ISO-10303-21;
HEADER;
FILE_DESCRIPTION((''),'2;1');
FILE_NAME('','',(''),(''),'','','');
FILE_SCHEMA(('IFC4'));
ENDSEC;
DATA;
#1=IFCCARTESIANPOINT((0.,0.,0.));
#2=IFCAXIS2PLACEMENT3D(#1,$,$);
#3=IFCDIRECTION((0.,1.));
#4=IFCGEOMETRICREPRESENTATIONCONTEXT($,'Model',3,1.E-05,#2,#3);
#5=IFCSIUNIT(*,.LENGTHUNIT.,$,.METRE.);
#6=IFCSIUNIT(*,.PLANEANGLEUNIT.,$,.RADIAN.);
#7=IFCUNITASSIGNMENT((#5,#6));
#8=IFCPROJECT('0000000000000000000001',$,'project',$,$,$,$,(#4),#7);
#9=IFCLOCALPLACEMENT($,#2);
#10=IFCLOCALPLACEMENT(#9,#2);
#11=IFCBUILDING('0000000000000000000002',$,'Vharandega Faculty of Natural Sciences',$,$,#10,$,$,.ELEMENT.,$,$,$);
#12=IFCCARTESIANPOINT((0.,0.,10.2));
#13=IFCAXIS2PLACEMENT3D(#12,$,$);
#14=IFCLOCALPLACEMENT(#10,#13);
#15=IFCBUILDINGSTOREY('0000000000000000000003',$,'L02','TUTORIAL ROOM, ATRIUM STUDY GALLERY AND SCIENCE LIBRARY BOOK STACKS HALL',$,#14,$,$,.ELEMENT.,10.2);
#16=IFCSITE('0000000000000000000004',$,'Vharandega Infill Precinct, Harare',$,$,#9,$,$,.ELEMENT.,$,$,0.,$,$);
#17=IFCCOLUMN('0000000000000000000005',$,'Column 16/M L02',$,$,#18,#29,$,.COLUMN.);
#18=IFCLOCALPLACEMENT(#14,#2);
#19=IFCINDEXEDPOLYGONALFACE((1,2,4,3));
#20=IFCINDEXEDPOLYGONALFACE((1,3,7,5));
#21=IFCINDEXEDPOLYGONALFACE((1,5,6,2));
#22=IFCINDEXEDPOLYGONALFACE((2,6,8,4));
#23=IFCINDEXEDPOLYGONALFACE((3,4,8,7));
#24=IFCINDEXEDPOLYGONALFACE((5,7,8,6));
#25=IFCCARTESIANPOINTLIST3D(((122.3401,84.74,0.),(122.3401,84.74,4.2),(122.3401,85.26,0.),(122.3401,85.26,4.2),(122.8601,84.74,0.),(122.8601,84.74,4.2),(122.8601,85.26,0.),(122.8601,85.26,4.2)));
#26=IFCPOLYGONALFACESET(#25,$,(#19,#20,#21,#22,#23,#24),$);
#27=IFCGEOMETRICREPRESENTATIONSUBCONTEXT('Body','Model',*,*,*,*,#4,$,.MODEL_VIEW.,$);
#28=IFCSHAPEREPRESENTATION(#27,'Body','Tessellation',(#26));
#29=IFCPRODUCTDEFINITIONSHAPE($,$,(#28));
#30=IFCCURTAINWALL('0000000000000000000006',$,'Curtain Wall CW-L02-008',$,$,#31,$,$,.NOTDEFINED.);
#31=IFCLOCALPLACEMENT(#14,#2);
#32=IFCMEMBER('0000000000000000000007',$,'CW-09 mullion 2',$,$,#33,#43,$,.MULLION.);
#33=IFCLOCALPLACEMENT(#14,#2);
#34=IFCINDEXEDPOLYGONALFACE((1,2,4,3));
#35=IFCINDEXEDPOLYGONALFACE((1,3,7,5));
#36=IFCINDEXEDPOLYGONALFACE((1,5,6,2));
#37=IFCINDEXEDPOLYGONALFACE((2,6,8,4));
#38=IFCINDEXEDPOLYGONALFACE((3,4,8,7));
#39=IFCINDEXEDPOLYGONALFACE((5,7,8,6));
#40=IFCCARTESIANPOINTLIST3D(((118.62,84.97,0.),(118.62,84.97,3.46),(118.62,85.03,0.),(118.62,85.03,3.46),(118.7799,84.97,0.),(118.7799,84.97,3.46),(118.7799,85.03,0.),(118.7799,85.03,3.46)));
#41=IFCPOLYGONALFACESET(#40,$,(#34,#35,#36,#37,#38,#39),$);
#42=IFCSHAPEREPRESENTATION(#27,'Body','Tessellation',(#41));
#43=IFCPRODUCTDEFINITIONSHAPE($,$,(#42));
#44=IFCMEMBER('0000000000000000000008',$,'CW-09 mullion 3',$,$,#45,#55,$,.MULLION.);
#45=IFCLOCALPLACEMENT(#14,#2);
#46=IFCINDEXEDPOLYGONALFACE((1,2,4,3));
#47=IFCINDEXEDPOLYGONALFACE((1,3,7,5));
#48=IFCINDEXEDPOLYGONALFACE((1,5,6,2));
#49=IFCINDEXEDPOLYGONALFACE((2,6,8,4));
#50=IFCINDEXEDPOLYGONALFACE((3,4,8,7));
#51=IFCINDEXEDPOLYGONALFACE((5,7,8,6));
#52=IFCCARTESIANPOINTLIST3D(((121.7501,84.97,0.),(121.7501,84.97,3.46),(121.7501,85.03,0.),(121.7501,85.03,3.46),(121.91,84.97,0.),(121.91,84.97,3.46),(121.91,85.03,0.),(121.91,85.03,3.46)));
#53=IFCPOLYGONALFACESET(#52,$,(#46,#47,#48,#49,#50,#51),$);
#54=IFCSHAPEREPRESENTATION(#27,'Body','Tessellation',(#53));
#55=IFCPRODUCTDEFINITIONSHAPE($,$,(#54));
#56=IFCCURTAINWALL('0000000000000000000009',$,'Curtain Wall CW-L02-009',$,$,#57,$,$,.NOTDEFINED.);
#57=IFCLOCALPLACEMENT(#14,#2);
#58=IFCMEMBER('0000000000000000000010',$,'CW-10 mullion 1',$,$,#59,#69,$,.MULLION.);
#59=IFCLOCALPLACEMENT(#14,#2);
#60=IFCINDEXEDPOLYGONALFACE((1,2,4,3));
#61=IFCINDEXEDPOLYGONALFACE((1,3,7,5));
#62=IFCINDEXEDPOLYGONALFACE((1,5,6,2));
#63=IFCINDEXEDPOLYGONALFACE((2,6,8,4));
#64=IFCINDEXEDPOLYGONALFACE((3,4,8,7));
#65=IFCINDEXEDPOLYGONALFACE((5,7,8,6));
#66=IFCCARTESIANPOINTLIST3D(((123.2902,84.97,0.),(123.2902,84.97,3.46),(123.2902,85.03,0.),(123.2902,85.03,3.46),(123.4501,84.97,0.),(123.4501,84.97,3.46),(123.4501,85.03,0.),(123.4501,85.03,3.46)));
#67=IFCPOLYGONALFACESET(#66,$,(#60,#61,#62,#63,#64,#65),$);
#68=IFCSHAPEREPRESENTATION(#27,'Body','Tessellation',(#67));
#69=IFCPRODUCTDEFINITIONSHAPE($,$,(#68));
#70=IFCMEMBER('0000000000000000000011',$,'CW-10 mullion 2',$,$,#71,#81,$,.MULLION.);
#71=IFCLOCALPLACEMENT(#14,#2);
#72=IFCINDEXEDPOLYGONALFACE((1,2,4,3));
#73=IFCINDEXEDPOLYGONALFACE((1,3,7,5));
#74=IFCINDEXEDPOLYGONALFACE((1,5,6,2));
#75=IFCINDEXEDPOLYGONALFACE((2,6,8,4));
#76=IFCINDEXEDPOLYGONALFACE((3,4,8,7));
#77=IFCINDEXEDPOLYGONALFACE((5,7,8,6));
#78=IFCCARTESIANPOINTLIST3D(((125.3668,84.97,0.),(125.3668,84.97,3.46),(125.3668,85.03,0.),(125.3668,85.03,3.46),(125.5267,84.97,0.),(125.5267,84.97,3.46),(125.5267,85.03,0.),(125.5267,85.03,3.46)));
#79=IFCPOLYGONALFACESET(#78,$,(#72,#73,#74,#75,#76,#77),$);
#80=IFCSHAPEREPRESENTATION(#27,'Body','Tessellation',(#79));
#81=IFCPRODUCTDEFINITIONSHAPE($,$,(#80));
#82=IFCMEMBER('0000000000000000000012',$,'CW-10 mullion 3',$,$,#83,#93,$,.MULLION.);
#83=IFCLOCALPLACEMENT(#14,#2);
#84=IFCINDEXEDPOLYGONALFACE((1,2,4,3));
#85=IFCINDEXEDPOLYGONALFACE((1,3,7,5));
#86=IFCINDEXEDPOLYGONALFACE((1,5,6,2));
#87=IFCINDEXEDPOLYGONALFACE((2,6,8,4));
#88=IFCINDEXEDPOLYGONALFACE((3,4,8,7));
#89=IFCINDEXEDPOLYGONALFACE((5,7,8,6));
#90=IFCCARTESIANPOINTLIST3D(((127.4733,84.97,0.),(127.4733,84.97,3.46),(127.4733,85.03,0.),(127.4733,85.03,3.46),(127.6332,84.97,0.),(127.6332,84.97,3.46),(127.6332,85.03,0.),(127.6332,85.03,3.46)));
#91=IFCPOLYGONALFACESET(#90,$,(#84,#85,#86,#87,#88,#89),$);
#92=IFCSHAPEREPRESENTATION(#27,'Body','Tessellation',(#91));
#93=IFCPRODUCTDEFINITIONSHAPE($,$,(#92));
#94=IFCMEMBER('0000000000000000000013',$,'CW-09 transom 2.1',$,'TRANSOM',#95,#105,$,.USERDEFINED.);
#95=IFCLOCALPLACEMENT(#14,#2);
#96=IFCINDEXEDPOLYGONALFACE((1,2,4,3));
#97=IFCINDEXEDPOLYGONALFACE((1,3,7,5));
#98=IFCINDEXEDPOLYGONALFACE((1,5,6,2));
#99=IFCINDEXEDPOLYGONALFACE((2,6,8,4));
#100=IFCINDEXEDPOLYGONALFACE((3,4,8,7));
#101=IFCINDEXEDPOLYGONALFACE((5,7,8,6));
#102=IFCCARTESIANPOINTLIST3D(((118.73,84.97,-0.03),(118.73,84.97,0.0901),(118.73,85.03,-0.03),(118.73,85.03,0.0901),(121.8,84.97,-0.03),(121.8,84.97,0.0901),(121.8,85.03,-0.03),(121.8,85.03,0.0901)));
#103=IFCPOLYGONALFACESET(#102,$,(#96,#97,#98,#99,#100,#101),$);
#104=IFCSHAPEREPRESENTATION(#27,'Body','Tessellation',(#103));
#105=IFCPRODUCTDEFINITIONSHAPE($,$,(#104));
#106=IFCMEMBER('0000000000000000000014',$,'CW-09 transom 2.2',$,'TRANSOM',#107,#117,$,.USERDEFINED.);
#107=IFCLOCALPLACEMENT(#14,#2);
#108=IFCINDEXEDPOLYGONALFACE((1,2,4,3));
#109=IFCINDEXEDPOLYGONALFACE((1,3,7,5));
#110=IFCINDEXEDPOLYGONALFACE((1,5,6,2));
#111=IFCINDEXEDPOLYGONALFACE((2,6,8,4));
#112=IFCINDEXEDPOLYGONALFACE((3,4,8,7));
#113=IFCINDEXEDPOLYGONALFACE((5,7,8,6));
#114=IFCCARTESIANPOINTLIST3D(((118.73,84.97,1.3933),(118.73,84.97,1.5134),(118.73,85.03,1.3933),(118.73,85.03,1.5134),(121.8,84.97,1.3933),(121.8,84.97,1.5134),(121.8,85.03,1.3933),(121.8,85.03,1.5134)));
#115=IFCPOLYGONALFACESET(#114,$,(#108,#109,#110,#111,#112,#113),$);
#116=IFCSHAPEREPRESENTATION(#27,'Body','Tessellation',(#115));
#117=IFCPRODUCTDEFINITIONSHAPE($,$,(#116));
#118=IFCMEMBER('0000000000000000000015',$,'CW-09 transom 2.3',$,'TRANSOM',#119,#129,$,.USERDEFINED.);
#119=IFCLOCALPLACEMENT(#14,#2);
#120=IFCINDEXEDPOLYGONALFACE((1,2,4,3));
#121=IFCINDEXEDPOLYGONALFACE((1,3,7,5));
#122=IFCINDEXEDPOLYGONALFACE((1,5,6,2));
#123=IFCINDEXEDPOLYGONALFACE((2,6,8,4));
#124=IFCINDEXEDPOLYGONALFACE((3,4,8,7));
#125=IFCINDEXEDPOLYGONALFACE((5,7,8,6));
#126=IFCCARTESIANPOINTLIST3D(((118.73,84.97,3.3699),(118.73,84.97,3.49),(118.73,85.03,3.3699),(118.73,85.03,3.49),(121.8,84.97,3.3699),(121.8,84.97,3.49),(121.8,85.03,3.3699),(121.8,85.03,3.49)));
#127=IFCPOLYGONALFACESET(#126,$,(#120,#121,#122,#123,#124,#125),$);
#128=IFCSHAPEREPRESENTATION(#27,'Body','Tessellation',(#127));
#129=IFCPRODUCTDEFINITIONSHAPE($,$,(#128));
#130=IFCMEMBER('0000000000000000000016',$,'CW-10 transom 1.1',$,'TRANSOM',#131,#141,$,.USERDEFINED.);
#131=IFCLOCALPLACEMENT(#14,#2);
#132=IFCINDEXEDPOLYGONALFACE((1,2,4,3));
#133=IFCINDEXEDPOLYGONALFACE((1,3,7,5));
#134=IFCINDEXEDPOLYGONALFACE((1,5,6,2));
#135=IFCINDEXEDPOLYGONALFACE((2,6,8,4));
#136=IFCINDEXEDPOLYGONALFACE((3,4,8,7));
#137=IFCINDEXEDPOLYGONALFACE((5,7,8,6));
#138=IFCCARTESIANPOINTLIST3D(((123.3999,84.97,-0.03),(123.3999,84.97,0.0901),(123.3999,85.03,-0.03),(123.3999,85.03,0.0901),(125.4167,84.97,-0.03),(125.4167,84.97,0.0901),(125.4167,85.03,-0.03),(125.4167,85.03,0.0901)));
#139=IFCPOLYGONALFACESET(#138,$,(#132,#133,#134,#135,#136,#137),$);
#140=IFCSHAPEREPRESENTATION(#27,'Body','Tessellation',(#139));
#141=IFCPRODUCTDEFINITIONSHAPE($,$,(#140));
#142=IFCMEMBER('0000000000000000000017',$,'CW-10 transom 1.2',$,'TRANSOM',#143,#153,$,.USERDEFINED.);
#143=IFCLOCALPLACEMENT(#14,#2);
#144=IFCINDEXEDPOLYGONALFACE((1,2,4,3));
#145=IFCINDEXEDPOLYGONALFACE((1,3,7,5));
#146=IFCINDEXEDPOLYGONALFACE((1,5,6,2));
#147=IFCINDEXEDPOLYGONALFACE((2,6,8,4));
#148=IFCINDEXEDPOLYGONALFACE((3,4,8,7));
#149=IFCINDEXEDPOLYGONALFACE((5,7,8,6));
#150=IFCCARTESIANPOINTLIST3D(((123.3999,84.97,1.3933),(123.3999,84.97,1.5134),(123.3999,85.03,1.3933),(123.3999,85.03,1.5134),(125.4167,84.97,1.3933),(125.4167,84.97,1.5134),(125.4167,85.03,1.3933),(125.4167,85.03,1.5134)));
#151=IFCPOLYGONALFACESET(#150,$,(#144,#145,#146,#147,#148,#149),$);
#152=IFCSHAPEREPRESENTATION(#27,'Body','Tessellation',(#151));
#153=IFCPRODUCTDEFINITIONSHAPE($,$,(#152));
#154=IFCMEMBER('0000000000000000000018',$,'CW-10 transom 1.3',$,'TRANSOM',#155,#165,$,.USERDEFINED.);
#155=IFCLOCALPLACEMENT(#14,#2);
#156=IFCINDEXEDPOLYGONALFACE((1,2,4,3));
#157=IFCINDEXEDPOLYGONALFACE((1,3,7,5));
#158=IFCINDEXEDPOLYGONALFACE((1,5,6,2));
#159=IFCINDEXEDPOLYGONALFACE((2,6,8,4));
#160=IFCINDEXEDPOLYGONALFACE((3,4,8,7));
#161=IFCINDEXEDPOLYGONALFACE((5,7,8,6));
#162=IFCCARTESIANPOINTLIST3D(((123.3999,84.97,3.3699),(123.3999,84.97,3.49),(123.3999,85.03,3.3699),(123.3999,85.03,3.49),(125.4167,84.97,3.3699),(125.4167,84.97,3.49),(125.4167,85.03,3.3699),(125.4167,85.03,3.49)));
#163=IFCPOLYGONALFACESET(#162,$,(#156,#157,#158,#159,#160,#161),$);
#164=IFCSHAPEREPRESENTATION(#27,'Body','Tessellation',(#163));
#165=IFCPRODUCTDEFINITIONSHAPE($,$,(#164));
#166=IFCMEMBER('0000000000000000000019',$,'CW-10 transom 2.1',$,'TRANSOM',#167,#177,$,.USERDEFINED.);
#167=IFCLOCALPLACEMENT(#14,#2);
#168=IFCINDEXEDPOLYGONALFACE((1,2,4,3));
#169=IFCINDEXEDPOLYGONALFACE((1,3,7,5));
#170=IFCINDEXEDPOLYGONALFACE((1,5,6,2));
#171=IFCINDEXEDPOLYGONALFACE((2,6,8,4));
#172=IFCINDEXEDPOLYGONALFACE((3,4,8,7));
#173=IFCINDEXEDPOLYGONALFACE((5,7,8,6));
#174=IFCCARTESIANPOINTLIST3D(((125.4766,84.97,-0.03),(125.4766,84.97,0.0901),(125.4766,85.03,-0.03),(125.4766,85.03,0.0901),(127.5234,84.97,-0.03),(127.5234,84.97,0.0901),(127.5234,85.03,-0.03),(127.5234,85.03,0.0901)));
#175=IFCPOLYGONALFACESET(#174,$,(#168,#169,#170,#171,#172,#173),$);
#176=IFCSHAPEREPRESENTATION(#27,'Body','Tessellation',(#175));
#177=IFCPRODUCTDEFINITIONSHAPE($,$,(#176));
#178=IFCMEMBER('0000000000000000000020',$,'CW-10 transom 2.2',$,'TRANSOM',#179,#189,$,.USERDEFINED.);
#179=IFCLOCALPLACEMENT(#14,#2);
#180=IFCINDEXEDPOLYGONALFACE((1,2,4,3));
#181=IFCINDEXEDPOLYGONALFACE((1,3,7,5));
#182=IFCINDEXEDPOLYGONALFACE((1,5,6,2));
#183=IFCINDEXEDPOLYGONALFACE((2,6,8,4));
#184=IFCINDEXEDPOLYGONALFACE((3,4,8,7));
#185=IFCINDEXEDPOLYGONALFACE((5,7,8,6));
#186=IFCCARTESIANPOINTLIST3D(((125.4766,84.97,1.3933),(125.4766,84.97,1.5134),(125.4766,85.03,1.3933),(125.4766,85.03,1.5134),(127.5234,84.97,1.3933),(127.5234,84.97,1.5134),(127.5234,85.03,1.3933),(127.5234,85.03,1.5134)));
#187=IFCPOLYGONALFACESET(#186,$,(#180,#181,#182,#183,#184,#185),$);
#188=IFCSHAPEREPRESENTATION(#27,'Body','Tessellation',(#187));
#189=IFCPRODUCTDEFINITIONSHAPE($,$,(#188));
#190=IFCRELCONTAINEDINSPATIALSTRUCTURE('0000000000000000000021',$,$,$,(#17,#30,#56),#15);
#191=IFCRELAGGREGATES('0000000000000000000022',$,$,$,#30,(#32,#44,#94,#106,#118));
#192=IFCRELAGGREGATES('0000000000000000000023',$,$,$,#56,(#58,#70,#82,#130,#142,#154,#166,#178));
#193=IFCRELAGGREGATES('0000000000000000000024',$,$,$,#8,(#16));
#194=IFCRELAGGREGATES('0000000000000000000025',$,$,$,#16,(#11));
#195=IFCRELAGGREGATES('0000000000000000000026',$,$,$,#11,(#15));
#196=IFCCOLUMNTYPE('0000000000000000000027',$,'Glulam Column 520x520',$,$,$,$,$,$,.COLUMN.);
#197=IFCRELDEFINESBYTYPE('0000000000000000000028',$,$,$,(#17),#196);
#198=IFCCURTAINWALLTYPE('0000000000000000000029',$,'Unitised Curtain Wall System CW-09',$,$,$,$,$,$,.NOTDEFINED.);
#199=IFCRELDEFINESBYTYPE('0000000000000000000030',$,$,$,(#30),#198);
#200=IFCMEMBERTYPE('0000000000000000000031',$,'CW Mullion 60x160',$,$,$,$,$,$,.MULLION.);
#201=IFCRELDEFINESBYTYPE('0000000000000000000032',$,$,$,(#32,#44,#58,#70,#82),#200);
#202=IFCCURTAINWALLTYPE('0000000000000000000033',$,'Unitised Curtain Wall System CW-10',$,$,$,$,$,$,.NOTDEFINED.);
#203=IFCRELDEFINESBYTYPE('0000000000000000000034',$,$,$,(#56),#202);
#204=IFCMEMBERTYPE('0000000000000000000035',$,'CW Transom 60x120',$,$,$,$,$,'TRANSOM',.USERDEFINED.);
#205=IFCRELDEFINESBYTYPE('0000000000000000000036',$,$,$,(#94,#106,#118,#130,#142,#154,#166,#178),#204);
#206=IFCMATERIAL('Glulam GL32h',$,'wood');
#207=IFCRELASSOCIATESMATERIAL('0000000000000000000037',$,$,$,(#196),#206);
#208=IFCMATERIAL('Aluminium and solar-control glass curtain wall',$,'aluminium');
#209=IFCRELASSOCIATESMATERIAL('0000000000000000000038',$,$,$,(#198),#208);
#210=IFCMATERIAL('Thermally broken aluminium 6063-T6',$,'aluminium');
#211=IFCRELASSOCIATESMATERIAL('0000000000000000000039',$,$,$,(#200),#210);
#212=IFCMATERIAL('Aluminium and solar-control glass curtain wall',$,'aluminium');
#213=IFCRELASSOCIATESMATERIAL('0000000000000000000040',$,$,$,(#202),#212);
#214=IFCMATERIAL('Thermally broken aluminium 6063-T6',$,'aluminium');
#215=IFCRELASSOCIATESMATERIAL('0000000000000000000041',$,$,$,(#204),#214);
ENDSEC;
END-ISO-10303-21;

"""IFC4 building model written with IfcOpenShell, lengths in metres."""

from ifc_helpers import new_model, si_unit, direction, frame, origin, origin_2d, place, context, subcontext, project, spatial, rectangle, extrude, material, material_profile, profile_set, type_object, element, aggregate, save


model = new_model("IFC4")

# Units and contexts
model_context = context("Model", 3, precision=1e-05, world=origin(), true_north=direction((0.0, 1.0)))
body_context = subcontext(model_context, "Body", "Model", "MODEL_VIEW")
ifc_project = project(units=[si_unit("LENGTHUNIT", "METRE"), si_unit("PLANEANGLEUNIT", "RADIAN")], contexts=[model_context])

# Site, building, storey
site_placement = place(None, origin())
site = spatial("IfcSite", under=ifc_project, at=site_placement, Name="Vharandega Infill Precinct, Harare", CompositionType="ELEMENT", RefElevation=0.0)
building_placement = place(site_placement, origin())
building = spatial("IfcBuilding", under=site, at=building_placement, Name="Vharandega Faculty of Natural Sciences", CompositionType="ELEMENT")
storey_placement = place(building_placement, frame((0.0, 0.0, 10.2)))
storey = spatial("IfcBuildingStorey", under=building, at=storey_placement, Name="L02", Description="TUTORIAL ROOM, ATRIUM STUDY GALLERY AND SCIENCE LIBRARY BOOK STACKS HALL", CompositionType="ELEMENT", Elevation=10.2)

# Column
ifc_material_1 = material(Name="Glulam GL32h", Category="wood")
ifc_material_profile_1 = material_profile(ifc_material_1, rectangle(XDim=0.52, YDim=0.52, at=origin_2d()), Name="GL32h 520x520")
ifc_profile_set_1 = profile_set([ifc_material_profile_1], Name="Glulam GL32h")
column_type = type_object("IfcColumnType", Name="Glulam Column 520x520", PredefinedType="COLUMN", material=ifc_profile_set_1)
column_placement = place(storey_placement, frame((122.6001, 85.0, 0.0), z_axis=(0.0, 0.0, 1.0), x_axis=(1.0, 0.0, 0.0)))
element("IfcColumn", 1, at=column_placement, inside=storey, type_object=column_type, Name="Column 16/M L02", PredefinedType="COLUMN", context=body_context, shape_type="SweptSolid", body=[
    extrude(rectangle(XDim=0.52, YDim=0.52, at=origin_2d()), origin(), (0.0, 0.0, 1.0), 4.2),
])

# Curtain walls, members
ifc_material_2 = material(Name="Aluminium and solar-control glass curtain wall", Category="aluminium")
curtain_wall_type_1 = type_object("IfcCurtainWallType", Name="Unitised Curtain Wall System CW-09", PredefinedType="NOTDEFINED", material=ifc_material_2)
curtain_wall_1_placement = place(storey_placement, origin())
curtain_wall_1 = element("IfcCurtainWall", 2, at=curtain_wall_1_placement, inside=storey, type_object=curtain_wall_type_1, Name="Curtain Wall CW-L02-008", PredefinedType="NOTDEFINED")
ifc_material_3 = material(Name="Thermally broken aluminium 6063-T6", Category="aluminium")
ifc_material_profile_2 = material_profile(ifc_material_3, rectangle(XDim=0.0601, YDim=0.1599, at=origin_2d()), Name="ALU 60x160")
ifc_profile_set_2 = profile_set([ifc_material_profile_2], Name="Thermally broken aluminium 6063-T6")
member_type_1 = type_object("IfcMemberType", Name="CW Mullion 60x160", PredefinedType="MULLION", material=ifc_profile_set_2)
member_1_placement = place(storey_placement, frame((118.7, 85.0, 0.0), z_axis=(0.0, 0.0, 1.0), x_axis=(0.0, 1.0, 0.0)))
member_1 = element("IfcMember", 3, at=member_1_placement, type_object=member_type_1, Name="CW-09 mullion 2", PredefinedType="MULLION", context=body_context, shape_type="SweptSolid", body=[
    extrude(rectangle(XDim=0.0601, YDim=0.1599, at=origin_2d()), origin(), (0.0, 0.0, 1.0), 3.46),
])
member_2_placement = place(storey_placement, frame((121.8301, 85.0, 0.0), z_axis=(0.0, 0.0, 1.0), x_axis=(0.0, 1.0, 0.0)))
member_2 = element("IfcMember", 4, at=member_2_placement, type_object=member_type_1, Name="CW-09 mullion 3", PredefinedType="MULLION", context=body_context, shape_type="SweptSolid", body=[
    extrude(rectangle(XDim=0.0601, YDim=0.1599, at=origin_2d()), origin(), (0.0, 0.0, 1.0), 3.46),
])
ifc_material_4 = material(Name="Aluminium and solar-control glass curtain wall", Category="aluminium")
curtain_wall_type_2 = type_object("IfcCurtainWallType", Name="Unitised Curtain Wall System CW-10", PredefinedType="NOTDEFINED", material=ifc_material_4)
curtain_wall_2_placement = place(storey_placement, origin())
curtain_wall_2 = element("IfcCurtainWall", 5, at=curtain_wall_2_placement, inside=storey, type_object=curtain_wall_type_2, Name="Curtain Wall CW-L02-009", PredefinedType="NOTDEFINED")
member_3_placement = place(storey_placement, frame((123.3701, 85.0, 0.0), z_axis=(0.0, 0.0, 1.0), x_axis=(0.0, 1.0, 0.0)))
member_3 = element("IfcMember", 6, at=member_3_placement, type_object=member_type_1, Name="CW-10 mullion 1", PredefinedType="MULLION", context=body_context, shape_type="SweptSolid", body=[
    extrude(rectangle(XDim=0.0601, YDim=0.1599, at=origin_2d()), origin(), (0.0, 0.0, 1.0), 3.46),
])
member_4_placement = place(storey_placement, frame((125.4468, 85.0, 0.0), z_axis=(0.0, 0.0, 1.0), x_axis=(0.0, 1.0, 0.0)))
member_4 = element("IfcMember", 7, at=member_4_placement, type_object=member_type_1, Name="CW-10 mullion 2", PredefinedType="MULLION", context=body_context, shape_type="SweptSolid", body=[
    extrude(rectangle(XDim=0.0601, YDim=0.1599, at=origin_2d()), origin(), (0.0, 0.0, 1.0), 3.46),
])
member_5_placement = place(storey_placement, frame((127.5532, 85.0, 0.0), z_axis=(0.0, 0.0, 1.0), x_axis=(0.0, 1.0, 0.0)))
member_5 = element("IfcMember", 8, at=member_5_placement, type_object=member_type_1, Name="CW-10 mullion 3", PredefinedType="MULLION", context=body_context, shape_type="SweptSolid", body=[
    extrude(rectangle(XDim=0.0601, YDim=0.1599, at=origin_2d()), origin(), (0.0, 0.0, 1.0), 3.46),
])

# Members
ifc_material_5 = material(Name="Thermally broken aluminium 6063-T6", Category="aluminium")
ifc_material_profile_3 = material_profile(ifc_material_5, rectangle(XDim=0.0601, YDim=0.1201, at=origin_2d()), Name="ALU 60x120")
ifc_profile_set_3 = profile_set([ifc_material_profile_3], Name="Thermally broken aluminium 6063-T6")
member_type_2 = type_object("IfcMemberType", Name="CW Transom 60x120", ElementType="TRANSOM", PredefinedType="USERDEFINED", material=ifc_profile_set_3)
member_6_placement = place(storey_placement, frame((118.73, 85.0, 0.03), z_axis=(1.0, 0.0, 0.0), x_axis=(0.0, 1.0, 0.0)))
member_6 = element("IfcMember", 9, at=member_6_placement, type_object=member_type_2, Name="CW-09 transom 2.1", ObjectType="TRANSOM", PredefinedType="USERDEFINED", context=body_context, shape_type="SweptSolid", body=[
    extrude(rectangle(XDim=0.0601, YDim=0.1201, at=origin_2d()), origin(), (0.0, 0.0, 1.0), 3.0701),
])
member_7_placement = place(storey_placement, frame((118.73, 85.0, 1.4534), z_axis=(1.0, 0.0, 0.0), x_axis=(0.0, 1.0, 0.0)))
member_7 = element("IfcMember", 10, at=member_7_placement, type_object=member_type_2, Name="CW-09 transom 2.2", ObjectType="TRANSOM", PredefinedType="USERDEFINED", context=body_context, shape_type="SweptSolid", body=[
    extrude(rectangle(XDim=0.0601, YDim=0.1201, at=origin_2d()), origin(), (0.0, 0.0, 1.0), 3.0701),
])
member_8_placement = place(storey_placement, frame((118.73, 85.0, 3.4299), z_axis=(1.0, 0.0, 0.0), x_axis=(0.0, 1.0, 0.0)))
member_8 = element("IfcMember", 11, at=member_8_placement, type_object=member_type_2, Name="CW-09 transom 2.3", ObjectType="TRANSOM", PredefinedType="USERDEFINED", context=body_context, shape_type="SweptSolid", body=[
    extrude(rectangle(XDim=0.0601, YDim=0.1201, at=origin_2d()), origin(), (0.0, 0.0, 1.0), 3.0701),
])
member_9_placement = place(storey_placement, frame((123.3999, 85.0, 0.03), z_axis=(1.0, 0.0, 0.0), x_axis=(0.0, 1.0, 0.0)))
member_9 = element("IfcMember", 12, at=member_9_placement, type_object=member_type_2, Name="CW-10 transom 1.1", ObjectType="TRANSOM", PredefinedType="USERDEFINED", context=body_context, shape_type="SweptSolid", body=[
    extrude(rectangle(XDim=0.0601, YDim=0.1201, at=origin_2d()), origin(), (0.0, 0.0, 1.0), 2.0168),
])
member_10_placement = place(storey_placement, frame((123.3999, 85.0, 1.4534), z_axis=(1.0, 0.0, 0.0), x_axis=(0.0, 1.0, 0.0)))
member_10 = element("IfcMember", 13, at=member_10_placement, type_object=member_type_2, Name="CW-10 transom 1.2", ObjectType="TRANSOM", PredefinedType="USERDEFINED", context=body_context, shape_type="SweptSolid", body=[
    extrude(rectangle(XDim=0.0601, YDim=0.1201, at=origin_2d()), origin(), (0.0, 0.0, 1.0), 2.0168),
])
member_11_placement = place(storey_placement, frame((123.3999, 85.0, 3.4299), z_axis=(1.0, 0.0, 0.0), x_axis=(0.0, 1.0, 0.0)))
member_11 = element("IfcMember", 14, at=member_11_placement, type_object=member_type_2, Name="CW-10 transom 1.3", ObjectType="TRANSOM", PredefinedType="USERDEFINED", context=body_context, shape_type="SweptSolid", body=[
    extrude(rectangle(XDim=0.0601, YDim=0.1201, at=origin_2d()), origin(), (0.0, 0.0, 1.0), 2.0168),
])
member_12_placement = place(storey_placement, frame((125.4766, 85.0, 0.03), z_axis=(1.0, 0.0, 0.0), x_axis=(0.0, 1.0, 0.0)))
member_12 = element("IfcMember", 15, at=member_12_placement, type_object=member_type_2, Name="CW-10 transom 2.1", ObjectType="TRANSOM", PredefinedType="USERDEFINED", context=body_context, shape_type="SweptSolid", body=[
    extrude(rectangle(XDim=0.0601, YDim=0.1201, at=origin_2d()), origin(), (0.0, 0.0, 1.0), 2.0469),
])
member_13_placement = place(storey_placement, frame((125.4766, 85.0, 1.4534), z_axis=(1.0, 0.0, 0.0), x_axis=(0.0, 1.0, 0.0)))
member_13 = element("IfcMember", 16, at=member_13_placement, type_object=member_type_2, Name="CW-10 transom 2.2", ObjectType="TRANSOM", PredefinedType="USERDEFINED", context=body_context, shape_type="SweptSolid", body=[
    extrude(rectangle(XDim=0.0601, YDim=0.1201, at=origin_2d()), origin(), (0.0, 0.0, 1.0), 2.0469),
])

aggregate(curtain_wall_1, [member_1, member_2, member_6, member_7, member_8])
aggregate(curtain_wall_2, [member_3, member_4, member_5, member_9, member_10, member_11, member_12, member_13])

save(model, "model.ifc")
